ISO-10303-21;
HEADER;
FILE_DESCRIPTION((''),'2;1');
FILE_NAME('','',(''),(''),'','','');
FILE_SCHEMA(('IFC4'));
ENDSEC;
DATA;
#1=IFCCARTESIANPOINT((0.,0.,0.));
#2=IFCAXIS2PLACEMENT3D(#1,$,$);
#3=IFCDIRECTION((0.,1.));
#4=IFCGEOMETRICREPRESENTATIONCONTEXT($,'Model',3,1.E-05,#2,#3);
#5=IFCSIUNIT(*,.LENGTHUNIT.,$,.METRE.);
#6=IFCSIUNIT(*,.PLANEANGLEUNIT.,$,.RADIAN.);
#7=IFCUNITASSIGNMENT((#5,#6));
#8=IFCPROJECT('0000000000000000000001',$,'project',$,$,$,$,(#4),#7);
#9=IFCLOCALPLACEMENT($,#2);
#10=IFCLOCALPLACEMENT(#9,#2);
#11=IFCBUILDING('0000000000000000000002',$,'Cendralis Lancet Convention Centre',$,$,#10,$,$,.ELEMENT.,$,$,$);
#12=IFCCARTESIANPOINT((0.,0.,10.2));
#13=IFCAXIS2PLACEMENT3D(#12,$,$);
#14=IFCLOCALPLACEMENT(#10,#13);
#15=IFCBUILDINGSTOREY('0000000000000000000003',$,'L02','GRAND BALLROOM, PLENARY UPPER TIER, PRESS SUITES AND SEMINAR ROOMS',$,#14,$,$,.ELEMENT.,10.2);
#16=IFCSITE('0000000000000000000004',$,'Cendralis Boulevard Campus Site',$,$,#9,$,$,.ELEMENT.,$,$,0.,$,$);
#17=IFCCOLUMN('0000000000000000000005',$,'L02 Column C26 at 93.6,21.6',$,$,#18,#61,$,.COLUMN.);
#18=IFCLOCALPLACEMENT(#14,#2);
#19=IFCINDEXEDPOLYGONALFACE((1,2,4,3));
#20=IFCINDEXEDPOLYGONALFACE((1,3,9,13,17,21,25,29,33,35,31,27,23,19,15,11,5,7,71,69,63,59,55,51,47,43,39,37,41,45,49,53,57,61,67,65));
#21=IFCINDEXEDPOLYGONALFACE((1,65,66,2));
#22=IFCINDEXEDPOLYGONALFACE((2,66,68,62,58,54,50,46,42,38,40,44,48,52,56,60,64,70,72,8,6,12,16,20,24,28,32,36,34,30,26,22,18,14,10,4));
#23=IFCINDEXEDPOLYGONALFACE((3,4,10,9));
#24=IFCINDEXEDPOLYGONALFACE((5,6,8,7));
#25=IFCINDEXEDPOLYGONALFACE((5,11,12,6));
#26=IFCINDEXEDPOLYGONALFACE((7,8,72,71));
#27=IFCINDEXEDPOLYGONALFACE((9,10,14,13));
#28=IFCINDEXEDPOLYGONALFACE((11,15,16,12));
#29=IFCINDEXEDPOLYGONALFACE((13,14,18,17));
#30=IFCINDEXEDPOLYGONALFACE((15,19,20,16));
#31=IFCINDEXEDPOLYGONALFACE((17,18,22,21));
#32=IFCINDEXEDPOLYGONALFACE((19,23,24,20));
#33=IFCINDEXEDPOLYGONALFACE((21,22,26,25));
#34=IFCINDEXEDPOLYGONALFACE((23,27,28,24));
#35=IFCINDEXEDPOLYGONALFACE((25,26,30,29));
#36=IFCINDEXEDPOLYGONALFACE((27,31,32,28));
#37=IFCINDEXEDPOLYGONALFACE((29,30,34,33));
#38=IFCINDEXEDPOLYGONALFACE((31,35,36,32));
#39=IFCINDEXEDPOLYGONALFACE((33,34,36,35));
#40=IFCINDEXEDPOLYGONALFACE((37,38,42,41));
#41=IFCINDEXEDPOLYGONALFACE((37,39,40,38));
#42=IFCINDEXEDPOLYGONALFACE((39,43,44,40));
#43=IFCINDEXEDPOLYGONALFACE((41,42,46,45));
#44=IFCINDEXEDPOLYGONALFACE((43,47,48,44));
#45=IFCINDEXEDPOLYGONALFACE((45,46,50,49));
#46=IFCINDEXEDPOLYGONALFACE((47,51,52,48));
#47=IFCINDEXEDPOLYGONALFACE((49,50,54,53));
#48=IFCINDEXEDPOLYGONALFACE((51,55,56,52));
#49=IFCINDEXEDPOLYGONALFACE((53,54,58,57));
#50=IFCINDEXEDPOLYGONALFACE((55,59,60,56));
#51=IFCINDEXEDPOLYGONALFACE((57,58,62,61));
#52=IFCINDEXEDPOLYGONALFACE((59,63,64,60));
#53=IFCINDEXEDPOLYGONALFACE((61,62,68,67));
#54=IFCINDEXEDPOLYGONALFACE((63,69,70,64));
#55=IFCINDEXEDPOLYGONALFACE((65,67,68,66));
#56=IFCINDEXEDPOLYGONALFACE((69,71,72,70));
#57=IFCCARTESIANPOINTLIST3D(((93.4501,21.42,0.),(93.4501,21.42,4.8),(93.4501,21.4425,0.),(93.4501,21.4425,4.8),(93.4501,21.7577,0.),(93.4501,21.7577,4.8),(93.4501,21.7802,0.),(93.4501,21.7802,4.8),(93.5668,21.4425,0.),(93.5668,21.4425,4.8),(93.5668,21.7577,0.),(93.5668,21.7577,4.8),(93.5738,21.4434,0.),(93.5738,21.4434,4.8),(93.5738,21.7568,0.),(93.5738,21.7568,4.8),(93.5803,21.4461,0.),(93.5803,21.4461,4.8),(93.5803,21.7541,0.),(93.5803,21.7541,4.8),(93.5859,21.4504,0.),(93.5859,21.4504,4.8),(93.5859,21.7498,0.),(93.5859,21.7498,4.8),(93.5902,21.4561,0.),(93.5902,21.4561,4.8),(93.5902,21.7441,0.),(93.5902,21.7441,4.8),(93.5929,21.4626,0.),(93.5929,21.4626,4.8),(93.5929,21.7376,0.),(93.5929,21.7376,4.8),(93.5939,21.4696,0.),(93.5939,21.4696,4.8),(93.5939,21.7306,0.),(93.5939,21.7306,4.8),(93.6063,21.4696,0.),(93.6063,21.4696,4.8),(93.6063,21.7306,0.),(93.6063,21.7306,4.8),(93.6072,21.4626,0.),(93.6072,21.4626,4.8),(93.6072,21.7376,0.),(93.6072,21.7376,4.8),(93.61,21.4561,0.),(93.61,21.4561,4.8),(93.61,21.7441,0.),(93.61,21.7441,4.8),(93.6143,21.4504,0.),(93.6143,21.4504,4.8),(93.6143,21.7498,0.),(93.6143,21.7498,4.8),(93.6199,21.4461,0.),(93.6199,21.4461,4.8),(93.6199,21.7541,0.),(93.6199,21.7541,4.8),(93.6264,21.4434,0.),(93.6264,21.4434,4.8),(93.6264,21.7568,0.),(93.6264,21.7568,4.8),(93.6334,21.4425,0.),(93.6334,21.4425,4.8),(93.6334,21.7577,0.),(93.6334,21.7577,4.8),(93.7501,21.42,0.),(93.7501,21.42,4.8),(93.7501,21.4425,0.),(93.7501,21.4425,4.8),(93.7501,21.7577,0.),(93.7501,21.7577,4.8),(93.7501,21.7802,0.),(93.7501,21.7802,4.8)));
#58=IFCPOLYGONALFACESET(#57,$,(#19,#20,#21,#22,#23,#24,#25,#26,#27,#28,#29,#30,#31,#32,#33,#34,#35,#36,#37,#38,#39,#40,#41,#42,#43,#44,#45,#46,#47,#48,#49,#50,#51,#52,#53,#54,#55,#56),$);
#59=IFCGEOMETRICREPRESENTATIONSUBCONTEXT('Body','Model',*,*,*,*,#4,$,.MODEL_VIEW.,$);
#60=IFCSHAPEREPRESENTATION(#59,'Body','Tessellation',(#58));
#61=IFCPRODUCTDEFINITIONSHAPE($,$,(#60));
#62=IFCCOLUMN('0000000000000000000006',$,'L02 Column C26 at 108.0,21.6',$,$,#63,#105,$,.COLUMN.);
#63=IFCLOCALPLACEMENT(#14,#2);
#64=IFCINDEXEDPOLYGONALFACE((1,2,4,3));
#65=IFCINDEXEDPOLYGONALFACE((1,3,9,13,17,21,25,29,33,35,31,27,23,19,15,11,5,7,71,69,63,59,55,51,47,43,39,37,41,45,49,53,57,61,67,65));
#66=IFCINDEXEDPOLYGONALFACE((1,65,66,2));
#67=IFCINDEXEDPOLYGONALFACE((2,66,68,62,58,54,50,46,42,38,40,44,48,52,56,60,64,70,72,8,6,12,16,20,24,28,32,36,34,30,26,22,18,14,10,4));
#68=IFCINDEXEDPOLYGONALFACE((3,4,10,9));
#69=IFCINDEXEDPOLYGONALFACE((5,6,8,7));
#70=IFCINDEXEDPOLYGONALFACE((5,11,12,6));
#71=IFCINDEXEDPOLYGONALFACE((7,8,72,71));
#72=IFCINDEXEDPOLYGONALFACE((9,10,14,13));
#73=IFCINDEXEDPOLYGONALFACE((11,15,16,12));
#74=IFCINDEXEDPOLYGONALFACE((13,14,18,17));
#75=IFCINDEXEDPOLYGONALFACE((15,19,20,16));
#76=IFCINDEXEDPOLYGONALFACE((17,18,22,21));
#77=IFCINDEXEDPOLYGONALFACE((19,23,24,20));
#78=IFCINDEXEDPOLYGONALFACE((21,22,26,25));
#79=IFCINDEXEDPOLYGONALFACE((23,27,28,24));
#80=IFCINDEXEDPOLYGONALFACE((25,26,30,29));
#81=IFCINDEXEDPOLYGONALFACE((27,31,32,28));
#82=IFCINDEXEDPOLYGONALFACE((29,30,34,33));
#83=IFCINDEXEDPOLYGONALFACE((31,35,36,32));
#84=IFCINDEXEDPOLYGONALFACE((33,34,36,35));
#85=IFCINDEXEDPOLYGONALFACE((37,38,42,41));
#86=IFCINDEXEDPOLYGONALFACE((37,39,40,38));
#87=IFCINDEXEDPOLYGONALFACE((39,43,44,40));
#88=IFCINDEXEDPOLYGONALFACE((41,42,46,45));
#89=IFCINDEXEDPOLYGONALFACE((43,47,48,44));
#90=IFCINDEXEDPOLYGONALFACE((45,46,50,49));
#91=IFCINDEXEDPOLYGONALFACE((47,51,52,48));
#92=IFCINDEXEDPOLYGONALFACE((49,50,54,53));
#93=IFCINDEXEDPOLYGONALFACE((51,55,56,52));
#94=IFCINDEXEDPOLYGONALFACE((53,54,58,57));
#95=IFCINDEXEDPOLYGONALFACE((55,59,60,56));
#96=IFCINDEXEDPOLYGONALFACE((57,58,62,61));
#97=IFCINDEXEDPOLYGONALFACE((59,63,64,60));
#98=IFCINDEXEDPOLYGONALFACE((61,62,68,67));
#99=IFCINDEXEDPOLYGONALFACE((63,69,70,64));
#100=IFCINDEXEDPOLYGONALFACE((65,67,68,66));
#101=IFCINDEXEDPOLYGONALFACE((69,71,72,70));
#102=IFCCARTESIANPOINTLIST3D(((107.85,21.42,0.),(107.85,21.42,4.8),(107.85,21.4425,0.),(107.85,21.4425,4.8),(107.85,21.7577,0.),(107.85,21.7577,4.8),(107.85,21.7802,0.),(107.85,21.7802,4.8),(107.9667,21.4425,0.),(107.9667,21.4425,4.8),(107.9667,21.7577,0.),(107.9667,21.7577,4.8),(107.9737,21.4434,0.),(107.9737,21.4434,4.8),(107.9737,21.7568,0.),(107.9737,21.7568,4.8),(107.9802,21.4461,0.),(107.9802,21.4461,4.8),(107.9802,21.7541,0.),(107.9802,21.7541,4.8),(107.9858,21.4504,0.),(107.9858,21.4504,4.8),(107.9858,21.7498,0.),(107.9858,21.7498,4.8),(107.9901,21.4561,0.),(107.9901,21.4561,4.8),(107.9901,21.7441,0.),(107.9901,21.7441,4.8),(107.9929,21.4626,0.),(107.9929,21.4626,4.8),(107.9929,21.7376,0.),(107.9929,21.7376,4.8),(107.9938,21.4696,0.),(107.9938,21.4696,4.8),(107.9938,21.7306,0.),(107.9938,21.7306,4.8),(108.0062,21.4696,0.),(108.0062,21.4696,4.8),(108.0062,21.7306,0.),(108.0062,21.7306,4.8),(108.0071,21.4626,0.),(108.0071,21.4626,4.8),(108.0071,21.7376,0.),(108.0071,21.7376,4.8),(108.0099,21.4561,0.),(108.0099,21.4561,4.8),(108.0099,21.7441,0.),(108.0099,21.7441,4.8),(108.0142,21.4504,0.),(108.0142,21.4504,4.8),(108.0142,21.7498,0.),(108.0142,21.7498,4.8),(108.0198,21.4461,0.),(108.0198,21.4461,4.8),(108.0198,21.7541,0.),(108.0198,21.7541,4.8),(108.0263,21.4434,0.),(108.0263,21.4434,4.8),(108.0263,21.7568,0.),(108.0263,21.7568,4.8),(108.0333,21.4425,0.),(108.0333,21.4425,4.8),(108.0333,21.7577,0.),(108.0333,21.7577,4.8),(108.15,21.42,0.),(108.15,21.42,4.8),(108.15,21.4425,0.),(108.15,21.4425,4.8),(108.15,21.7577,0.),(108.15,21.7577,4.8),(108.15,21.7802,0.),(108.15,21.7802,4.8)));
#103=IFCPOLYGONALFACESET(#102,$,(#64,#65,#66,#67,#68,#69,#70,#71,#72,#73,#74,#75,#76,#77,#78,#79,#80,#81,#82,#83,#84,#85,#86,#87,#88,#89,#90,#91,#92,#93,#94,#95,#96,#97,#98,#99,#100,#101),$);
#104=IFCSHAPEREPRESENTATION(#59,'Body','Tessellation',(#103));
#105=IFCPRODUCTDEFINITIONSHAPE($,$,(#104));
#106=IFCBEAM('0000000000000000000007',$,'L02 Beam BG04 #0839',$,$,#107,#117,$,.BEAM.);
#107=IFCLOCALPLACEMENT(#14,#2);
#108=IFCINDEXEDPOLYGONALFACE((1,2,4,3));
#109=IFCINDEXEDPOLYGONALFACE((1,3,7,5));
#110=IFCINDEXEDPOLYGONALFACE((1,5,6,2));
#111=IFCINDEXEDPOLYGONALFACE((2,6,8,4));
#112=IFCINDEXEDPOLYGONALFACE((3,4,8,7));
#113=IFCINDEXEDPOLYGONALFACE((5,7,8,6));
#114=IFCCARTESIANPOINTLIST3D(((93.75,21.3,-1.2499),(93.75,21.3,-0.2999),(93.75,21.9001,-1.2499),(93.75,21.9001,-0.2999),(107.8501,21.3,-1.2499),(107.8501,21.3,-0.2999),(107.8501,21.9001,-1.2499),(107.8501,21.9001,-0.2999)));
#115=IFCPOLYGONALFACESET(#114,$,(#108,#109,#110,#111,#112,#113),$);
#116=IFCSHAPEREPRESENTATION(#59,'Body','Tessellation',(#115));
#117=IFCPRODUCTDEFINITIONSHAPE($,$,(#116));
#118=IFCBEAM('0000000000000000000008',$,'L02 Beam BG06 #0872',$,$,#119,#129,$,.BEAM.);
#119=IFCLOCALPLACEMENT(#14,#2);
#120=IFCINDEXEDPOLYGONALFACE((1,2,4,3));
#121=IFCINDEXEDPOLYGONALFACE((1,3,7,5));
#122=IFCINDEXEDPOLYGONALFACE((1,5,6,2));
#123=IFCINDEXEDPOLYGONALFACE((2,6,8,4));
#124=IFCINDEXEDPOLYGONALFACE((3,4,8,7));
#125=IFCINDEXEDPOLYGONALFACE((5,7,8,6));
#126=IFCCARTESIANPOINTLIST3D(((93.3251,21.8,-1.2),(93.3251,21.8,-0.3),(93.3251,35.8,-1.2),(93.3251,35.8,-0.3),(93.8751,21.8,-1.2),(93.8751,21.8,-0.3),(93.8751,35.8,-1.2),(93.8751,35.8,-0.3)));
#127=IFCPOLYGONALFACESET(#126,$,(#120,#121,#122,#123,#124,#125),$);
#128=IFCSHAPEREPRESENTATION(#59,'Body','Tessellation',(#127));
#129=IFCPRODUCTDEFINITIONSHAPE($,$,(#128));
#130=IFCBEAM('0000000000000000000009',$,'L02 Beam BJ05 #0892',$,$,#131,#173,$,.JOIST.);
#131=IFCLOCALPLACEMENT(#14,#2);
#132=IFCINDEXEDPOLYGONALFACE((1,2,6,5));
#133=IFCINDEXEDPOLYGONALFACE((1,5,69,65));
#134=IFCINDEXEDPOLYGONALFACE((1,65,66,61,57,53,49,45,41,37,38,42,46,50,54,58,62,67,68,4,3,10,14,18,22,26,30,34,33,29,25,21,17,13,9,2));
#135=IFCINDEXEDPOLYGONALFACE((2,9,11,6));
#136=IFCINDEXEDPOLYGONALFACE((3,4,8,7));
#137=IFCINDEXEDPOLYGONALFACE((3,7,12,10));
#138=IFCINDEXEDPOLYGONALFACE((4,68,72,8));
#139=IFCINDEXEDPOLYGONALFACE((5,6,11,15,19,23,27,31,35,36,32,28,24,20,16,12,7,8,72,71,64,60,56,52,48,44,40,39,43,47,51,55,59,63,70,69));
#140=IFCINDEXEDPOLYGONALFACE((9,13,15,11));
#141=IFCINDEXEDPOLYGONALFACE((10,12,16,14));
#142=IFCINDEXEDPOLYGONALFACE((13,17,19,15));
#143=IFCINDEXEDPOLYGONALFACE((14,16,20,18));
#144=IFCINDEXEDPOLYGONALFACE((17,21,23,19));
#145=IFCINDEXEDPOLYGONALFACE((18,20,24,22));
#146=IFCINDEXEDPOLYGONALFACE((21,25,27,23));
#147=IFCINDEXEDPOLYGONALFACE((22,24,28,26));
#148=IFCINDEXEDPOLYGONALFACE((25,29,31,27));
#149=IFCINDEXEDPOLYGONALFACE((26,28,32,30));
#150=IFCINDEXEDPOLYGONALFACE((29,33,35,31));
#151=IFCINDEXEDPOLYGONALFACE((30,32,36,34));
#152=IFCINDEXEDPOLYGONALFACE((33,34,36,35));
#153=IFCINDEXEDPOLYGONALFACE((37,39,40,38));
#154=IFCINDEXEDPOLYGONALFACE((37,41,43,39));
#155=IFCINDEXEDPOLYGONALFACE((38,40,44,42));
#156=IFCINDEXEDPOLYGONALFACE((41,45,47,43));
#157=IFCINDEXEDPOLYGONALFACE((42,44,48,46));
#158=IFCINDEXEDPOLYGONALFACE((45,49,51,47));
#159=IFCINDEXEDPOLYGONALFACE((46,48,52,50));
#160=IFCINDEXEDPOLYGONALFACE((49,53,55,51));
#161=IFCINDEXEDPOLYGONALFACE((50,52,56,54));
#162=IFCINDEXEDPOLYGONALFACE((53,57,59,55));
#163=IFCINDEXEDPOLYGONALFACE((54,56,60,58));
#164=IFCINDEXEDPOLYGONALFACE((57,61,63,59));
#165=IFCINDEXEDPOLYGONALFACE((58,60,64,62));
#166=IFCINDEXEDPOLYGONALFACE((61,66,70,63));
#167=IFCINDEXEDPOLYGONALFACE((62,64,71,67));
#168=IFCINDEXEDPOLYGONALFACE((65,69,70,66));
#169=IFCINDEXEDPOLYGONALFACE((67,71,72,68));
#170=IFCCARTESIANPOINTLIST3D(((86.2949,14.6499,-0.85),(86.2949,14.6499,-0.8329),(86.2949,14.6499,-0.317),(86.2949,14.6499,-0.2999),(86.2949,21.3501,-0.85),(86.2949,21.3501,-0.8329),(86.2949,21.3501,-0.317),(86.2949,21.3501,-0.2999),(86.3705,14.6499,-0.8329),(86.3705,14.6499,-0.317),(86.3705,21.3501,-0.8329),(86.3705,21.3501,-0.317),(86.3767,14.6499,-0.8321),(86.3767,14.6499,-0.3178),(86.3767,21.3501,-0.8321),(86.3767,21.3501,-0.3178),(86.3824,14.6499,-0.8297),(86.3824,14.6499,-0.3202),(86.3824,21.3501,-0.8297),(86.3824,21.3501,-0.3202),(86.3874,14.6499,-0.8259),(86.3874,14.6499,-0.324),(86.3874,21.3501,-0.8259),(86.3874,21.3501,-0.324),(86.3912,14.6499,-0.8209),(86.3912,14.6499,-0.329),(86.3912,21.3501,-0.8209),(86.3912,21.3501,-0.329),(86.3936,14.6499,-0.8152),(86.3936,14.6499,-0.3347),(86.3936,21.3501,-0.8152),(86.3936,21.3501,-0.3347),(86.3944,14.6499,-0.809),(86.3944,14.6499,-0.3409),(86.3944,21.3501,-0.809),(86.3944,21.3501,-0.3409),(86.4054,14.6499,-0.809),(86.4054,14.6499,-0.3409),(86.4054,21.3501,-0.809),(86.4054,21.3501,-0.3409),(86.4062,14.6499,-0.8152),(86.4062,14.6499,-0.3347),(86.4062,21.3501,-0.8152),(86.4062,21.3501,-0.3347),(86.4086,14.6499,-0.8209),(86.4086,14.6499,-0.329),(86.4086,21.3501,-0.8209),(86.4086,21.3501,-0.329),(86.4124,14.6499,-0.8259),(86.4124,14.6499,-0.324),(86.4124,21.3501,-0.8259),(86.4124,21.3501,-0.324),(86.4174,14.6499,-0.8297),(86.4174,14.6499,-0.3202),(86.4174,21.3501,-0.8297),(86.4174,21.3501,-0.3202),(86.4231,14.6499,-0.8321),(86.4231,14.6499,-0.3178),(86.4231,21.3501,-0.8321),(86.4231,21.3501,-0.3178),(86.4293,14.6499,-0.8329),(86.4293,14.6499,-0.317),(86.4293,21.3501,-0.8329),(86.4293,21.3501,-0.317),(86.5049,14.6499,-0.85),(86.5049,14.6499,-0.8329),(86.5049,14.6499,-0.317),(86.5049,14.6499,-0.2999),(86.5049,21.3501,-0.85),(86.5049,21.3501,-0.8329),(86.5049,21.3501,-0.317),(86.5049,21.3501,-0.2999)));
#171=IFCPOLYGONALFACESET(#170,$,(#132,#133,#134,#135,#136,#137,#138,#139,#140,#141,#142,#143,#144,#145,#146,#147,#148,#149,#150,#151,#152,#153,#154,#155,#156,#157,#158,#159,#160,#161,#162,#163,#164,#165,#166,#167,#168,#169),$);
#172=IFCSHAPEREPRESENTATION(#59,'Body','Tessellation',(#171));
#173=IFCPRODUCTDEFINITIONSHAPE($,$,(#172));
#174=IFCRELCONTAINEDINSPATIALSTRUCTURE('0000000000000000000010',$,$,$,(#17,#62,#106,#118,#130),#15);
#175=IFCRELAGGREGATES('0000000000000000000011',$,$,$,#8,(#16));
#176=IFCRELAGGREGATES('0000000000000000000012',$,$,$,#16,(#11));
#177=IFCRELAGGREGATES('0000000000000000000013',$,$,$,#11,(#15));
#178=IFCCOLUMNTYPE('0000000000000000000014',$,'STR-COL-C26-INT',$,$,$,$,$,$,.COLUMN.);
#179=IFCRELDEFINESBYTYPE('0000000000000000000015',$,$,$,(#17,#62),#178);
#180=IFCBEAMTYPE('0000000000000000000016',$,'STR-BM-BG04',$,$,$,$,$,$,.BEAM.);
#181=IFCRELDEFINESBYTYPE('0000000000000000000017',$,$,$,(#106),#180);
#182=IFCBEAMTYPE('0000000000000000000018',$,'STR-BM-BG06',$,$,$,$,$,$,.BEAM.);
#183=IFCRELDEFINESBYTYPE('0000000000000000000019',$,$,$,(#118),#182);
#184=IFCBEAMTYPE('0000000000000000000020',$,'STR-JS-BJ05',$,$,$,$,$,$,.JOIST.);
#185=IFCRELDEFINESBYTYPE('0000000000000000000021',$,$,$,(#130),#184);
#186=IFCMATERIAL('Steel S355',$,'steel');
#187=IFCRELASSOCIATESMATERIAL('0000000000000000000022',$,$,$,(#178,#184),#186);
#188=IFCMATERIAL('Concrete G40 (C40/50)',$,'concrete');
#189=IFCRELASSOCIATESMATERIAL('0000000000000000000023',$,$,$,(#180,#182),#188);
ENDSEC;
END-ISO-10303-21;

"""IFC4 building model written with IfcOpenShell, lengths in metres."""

from ifc_helpers import new_model, si_unit, direction, frame, origin, origin_2d, place, context, subcontext, project, spatial, rectangle, i_section, extrude, material, material_profile, profile_set, type_object, element, save


model = new_model("IFC4")

# Units and contexts
model_context = context("Model", 3, precision=1e-05, world=origin(), true_north=direction((0.0, 1.0)))
body_context = subcontext(model_context, "Body", "Model", "MODEL_VIEW")
ifc_project = project(units=[si_unit("LENGTHUNIT", "METRE"), si_unit("PLANEANGLEUNIT", "RADIAN")], contexts=[model_context])

# Site, building, storey
site_placement = place(None, origin())
site = spatial("IfcSite", under=ifc_project, at=site_placement, Name="Cendralis Boulevard Campus Site", CompositionType="ELEMENT", RefElevation=0.0)
building_placement = place(site_placement, origin())
building = spatial("IfcBuilding", under=site, at=building_placement, Name="Cendralis Lancet Convention Centre", CompositionType="ELEMENT")
storey_placement = place(building_placement, frame((0.0, 0.0, 10.2)))
storey = spatial("IfcBuildingStorey", under=building, at=storey_placement, Name="L02", Description="GRAND BALLROOM, PLENARY UPPER TIER, PRESS SUITES AND SEMINAR ROOMS", CompositionType="ELEMENT", Elevation=10.2)

# Columns
ifc_material_1 = material(Name="Steel S355", Category="steel")
ifc_material_profile_1 = material_profile(ifc_material_1, i_section(OverallWidth=0.3, OverallDepth=0.3601, WebThickness=0.0125, FlangeThickness=0.0225, FilletRadius=0.0271, at=origin_2d()), Name="HEB 360")
ifc_profile_set_1 = profile_set([ifc_material_profile_1], Name="Steel S355")
column_type = type_object("IfcColumnType", Name="STR-COL-C26-INT", PredefinedType="COLUMN", material=ifc_profile_set_1)
for number, where, z_axis, x_axis, name in (
    (1, (93.6001, 21.6001, 0.0), (0.0, 0.0, 1.0), (1.0, 0.0, 0.0), "L02 Column C26 at 93.6,21.6"),
    (2, (108.0, 21.6001, 0.0), (0.0, 0.0, 1.0), (1.0, 0.0, 0.0), "L02 Column C26 at 108.0,21.6"),
):
    element("IfcColumn", number, at=place(storey_placement, frame(where, z_axis=z_axis, x_axis=x_axis)), inside=storey, type_object=column_type, Name=name, PredefinedType="COLUMN", context=body_context, shape_type="SweptSolid", body=[
        extrude(i_section(OverallWidth=0.3, OverallDepth=0.3601, WebThickness=0.0125, FlangeThickness=0.0225, FilletRadius=0.0271, at=origin_2d()), origin(), (0.0, 0.0, 1.0), 4.8),
    ])

# Beams
ifc_material_2 = material(Name="Concrete G40 (C40/50)", Category="concrete")
ifc_material_profile_2 = material_profile(ifc_material_2, rectangle(XDim=0.6001, YDim=0.95, at=origin_2d()), Name="RCB 600x950")
ifc_profile_set_2 = profile_set([ifc_material_profile_2], Name="Concrete G40 (C40/50)")
beam_type_1 = type_object("IfcBeamType", Name="STR-BM-BG04", PredefinedType="BEAM", material=ifc_profile_set_2)
beam_1_placement = place(storey_placement, frame((93.75, 21.6001, -0.7749), z_axis=(1.0, 0.0, 0.0), x_axis=(0.0, 1.0, 0.0)))
element("IfcBeam", 3, at=beam_1_placement, inside=storey, type_object=beam_type_1, Name="L02 Beam BG04 #0839", PredefinedType="BEAM", context=body_context, shape_type="SweptSolid", body=[
    extrude(rectangle(XDim=0.6001, YDim=0.95, at=origin_2d()), origin(), (0.0, 0.0, 1.0), 14.1001),
])
ifc_material_profile_3 = material_profile(ifc_material_2, rectangle(XDim=0.55, YDim=0.8999, at=origin_2d()), Name="RCB 550x900")
ifc_profile_set_3 = profile_set([ifc_material_profile_3], Name="Concrete G40 (C40/50)")
beam_type_2 = type_object("IfcBeamType", Name="STR-BM-BG06", PredefinedType="BEAM", material=ifc_profile_set_3)
beam_2_placement = place(storey_placement, frame((93.6001, 21.8, -0.75), z_axis=(0.0, 1.0, 0.0), x_axis=(-1.0, 0.0, 0.0)))
element("IfcBeam", 4, at=beam_2_placement, inside=storey, type_object=beam_type_2, Name="L02 Beam BG06 #0872", PredefinedType="BEAM", context=body_context, shape_type="SweptSolid", body=[
    extrude(rectangle(XDim=0.55, YDim=0.8999, at=origin_2d()), origin(), (0.0, 0.0, 1.0), 14.0),
])
ifc_material_profile_4 = material_profile(ifc_material_1, i_section(OverallWidth=0.21, OverallDepth=0.55, WebThickness=0.011, FlangeThickness=0.0171, FilletRadius=0.0239, at=origin_2d()), Name="IPE 550")
ifc_profile_set_4 = profile_set([ifc_material_profile_4], Name="Steel S355")
beam_type_3 = type_object("IfcBeamType", Name="STR-JS-BJ05", PredefinedType="JOIST", material=ifc_profile_set_4)
for number, where, z_axis, x_axis, name in (
    (5, (86.3999, 14.6499, -0.575), (0.0, 1.0, 0.0), (-1.0, 0.0, 0.0), "L02 Beam BJ05 #0892"),
):
    element("IfcBeam", number, at=place(storey_placement, frame(where, z_axis=z_axis, x_axis=x_axis)), inside=storey, type_object=beam_type_3, Name=name, PredefinedType="JOIST", context=body_context, shape_type="SweptSolid", body=[
        extrude(i_section(OverallWidth=0.21, OverallDepth=0.55, WebThickness=0.011, FlangeThickness=0.0171, FilletRadius=0.0239, at=origin_2d()), origin(), (0.0, 0.0, 1.0), 6.7002),
    ])

save(model, "model.ifc")
